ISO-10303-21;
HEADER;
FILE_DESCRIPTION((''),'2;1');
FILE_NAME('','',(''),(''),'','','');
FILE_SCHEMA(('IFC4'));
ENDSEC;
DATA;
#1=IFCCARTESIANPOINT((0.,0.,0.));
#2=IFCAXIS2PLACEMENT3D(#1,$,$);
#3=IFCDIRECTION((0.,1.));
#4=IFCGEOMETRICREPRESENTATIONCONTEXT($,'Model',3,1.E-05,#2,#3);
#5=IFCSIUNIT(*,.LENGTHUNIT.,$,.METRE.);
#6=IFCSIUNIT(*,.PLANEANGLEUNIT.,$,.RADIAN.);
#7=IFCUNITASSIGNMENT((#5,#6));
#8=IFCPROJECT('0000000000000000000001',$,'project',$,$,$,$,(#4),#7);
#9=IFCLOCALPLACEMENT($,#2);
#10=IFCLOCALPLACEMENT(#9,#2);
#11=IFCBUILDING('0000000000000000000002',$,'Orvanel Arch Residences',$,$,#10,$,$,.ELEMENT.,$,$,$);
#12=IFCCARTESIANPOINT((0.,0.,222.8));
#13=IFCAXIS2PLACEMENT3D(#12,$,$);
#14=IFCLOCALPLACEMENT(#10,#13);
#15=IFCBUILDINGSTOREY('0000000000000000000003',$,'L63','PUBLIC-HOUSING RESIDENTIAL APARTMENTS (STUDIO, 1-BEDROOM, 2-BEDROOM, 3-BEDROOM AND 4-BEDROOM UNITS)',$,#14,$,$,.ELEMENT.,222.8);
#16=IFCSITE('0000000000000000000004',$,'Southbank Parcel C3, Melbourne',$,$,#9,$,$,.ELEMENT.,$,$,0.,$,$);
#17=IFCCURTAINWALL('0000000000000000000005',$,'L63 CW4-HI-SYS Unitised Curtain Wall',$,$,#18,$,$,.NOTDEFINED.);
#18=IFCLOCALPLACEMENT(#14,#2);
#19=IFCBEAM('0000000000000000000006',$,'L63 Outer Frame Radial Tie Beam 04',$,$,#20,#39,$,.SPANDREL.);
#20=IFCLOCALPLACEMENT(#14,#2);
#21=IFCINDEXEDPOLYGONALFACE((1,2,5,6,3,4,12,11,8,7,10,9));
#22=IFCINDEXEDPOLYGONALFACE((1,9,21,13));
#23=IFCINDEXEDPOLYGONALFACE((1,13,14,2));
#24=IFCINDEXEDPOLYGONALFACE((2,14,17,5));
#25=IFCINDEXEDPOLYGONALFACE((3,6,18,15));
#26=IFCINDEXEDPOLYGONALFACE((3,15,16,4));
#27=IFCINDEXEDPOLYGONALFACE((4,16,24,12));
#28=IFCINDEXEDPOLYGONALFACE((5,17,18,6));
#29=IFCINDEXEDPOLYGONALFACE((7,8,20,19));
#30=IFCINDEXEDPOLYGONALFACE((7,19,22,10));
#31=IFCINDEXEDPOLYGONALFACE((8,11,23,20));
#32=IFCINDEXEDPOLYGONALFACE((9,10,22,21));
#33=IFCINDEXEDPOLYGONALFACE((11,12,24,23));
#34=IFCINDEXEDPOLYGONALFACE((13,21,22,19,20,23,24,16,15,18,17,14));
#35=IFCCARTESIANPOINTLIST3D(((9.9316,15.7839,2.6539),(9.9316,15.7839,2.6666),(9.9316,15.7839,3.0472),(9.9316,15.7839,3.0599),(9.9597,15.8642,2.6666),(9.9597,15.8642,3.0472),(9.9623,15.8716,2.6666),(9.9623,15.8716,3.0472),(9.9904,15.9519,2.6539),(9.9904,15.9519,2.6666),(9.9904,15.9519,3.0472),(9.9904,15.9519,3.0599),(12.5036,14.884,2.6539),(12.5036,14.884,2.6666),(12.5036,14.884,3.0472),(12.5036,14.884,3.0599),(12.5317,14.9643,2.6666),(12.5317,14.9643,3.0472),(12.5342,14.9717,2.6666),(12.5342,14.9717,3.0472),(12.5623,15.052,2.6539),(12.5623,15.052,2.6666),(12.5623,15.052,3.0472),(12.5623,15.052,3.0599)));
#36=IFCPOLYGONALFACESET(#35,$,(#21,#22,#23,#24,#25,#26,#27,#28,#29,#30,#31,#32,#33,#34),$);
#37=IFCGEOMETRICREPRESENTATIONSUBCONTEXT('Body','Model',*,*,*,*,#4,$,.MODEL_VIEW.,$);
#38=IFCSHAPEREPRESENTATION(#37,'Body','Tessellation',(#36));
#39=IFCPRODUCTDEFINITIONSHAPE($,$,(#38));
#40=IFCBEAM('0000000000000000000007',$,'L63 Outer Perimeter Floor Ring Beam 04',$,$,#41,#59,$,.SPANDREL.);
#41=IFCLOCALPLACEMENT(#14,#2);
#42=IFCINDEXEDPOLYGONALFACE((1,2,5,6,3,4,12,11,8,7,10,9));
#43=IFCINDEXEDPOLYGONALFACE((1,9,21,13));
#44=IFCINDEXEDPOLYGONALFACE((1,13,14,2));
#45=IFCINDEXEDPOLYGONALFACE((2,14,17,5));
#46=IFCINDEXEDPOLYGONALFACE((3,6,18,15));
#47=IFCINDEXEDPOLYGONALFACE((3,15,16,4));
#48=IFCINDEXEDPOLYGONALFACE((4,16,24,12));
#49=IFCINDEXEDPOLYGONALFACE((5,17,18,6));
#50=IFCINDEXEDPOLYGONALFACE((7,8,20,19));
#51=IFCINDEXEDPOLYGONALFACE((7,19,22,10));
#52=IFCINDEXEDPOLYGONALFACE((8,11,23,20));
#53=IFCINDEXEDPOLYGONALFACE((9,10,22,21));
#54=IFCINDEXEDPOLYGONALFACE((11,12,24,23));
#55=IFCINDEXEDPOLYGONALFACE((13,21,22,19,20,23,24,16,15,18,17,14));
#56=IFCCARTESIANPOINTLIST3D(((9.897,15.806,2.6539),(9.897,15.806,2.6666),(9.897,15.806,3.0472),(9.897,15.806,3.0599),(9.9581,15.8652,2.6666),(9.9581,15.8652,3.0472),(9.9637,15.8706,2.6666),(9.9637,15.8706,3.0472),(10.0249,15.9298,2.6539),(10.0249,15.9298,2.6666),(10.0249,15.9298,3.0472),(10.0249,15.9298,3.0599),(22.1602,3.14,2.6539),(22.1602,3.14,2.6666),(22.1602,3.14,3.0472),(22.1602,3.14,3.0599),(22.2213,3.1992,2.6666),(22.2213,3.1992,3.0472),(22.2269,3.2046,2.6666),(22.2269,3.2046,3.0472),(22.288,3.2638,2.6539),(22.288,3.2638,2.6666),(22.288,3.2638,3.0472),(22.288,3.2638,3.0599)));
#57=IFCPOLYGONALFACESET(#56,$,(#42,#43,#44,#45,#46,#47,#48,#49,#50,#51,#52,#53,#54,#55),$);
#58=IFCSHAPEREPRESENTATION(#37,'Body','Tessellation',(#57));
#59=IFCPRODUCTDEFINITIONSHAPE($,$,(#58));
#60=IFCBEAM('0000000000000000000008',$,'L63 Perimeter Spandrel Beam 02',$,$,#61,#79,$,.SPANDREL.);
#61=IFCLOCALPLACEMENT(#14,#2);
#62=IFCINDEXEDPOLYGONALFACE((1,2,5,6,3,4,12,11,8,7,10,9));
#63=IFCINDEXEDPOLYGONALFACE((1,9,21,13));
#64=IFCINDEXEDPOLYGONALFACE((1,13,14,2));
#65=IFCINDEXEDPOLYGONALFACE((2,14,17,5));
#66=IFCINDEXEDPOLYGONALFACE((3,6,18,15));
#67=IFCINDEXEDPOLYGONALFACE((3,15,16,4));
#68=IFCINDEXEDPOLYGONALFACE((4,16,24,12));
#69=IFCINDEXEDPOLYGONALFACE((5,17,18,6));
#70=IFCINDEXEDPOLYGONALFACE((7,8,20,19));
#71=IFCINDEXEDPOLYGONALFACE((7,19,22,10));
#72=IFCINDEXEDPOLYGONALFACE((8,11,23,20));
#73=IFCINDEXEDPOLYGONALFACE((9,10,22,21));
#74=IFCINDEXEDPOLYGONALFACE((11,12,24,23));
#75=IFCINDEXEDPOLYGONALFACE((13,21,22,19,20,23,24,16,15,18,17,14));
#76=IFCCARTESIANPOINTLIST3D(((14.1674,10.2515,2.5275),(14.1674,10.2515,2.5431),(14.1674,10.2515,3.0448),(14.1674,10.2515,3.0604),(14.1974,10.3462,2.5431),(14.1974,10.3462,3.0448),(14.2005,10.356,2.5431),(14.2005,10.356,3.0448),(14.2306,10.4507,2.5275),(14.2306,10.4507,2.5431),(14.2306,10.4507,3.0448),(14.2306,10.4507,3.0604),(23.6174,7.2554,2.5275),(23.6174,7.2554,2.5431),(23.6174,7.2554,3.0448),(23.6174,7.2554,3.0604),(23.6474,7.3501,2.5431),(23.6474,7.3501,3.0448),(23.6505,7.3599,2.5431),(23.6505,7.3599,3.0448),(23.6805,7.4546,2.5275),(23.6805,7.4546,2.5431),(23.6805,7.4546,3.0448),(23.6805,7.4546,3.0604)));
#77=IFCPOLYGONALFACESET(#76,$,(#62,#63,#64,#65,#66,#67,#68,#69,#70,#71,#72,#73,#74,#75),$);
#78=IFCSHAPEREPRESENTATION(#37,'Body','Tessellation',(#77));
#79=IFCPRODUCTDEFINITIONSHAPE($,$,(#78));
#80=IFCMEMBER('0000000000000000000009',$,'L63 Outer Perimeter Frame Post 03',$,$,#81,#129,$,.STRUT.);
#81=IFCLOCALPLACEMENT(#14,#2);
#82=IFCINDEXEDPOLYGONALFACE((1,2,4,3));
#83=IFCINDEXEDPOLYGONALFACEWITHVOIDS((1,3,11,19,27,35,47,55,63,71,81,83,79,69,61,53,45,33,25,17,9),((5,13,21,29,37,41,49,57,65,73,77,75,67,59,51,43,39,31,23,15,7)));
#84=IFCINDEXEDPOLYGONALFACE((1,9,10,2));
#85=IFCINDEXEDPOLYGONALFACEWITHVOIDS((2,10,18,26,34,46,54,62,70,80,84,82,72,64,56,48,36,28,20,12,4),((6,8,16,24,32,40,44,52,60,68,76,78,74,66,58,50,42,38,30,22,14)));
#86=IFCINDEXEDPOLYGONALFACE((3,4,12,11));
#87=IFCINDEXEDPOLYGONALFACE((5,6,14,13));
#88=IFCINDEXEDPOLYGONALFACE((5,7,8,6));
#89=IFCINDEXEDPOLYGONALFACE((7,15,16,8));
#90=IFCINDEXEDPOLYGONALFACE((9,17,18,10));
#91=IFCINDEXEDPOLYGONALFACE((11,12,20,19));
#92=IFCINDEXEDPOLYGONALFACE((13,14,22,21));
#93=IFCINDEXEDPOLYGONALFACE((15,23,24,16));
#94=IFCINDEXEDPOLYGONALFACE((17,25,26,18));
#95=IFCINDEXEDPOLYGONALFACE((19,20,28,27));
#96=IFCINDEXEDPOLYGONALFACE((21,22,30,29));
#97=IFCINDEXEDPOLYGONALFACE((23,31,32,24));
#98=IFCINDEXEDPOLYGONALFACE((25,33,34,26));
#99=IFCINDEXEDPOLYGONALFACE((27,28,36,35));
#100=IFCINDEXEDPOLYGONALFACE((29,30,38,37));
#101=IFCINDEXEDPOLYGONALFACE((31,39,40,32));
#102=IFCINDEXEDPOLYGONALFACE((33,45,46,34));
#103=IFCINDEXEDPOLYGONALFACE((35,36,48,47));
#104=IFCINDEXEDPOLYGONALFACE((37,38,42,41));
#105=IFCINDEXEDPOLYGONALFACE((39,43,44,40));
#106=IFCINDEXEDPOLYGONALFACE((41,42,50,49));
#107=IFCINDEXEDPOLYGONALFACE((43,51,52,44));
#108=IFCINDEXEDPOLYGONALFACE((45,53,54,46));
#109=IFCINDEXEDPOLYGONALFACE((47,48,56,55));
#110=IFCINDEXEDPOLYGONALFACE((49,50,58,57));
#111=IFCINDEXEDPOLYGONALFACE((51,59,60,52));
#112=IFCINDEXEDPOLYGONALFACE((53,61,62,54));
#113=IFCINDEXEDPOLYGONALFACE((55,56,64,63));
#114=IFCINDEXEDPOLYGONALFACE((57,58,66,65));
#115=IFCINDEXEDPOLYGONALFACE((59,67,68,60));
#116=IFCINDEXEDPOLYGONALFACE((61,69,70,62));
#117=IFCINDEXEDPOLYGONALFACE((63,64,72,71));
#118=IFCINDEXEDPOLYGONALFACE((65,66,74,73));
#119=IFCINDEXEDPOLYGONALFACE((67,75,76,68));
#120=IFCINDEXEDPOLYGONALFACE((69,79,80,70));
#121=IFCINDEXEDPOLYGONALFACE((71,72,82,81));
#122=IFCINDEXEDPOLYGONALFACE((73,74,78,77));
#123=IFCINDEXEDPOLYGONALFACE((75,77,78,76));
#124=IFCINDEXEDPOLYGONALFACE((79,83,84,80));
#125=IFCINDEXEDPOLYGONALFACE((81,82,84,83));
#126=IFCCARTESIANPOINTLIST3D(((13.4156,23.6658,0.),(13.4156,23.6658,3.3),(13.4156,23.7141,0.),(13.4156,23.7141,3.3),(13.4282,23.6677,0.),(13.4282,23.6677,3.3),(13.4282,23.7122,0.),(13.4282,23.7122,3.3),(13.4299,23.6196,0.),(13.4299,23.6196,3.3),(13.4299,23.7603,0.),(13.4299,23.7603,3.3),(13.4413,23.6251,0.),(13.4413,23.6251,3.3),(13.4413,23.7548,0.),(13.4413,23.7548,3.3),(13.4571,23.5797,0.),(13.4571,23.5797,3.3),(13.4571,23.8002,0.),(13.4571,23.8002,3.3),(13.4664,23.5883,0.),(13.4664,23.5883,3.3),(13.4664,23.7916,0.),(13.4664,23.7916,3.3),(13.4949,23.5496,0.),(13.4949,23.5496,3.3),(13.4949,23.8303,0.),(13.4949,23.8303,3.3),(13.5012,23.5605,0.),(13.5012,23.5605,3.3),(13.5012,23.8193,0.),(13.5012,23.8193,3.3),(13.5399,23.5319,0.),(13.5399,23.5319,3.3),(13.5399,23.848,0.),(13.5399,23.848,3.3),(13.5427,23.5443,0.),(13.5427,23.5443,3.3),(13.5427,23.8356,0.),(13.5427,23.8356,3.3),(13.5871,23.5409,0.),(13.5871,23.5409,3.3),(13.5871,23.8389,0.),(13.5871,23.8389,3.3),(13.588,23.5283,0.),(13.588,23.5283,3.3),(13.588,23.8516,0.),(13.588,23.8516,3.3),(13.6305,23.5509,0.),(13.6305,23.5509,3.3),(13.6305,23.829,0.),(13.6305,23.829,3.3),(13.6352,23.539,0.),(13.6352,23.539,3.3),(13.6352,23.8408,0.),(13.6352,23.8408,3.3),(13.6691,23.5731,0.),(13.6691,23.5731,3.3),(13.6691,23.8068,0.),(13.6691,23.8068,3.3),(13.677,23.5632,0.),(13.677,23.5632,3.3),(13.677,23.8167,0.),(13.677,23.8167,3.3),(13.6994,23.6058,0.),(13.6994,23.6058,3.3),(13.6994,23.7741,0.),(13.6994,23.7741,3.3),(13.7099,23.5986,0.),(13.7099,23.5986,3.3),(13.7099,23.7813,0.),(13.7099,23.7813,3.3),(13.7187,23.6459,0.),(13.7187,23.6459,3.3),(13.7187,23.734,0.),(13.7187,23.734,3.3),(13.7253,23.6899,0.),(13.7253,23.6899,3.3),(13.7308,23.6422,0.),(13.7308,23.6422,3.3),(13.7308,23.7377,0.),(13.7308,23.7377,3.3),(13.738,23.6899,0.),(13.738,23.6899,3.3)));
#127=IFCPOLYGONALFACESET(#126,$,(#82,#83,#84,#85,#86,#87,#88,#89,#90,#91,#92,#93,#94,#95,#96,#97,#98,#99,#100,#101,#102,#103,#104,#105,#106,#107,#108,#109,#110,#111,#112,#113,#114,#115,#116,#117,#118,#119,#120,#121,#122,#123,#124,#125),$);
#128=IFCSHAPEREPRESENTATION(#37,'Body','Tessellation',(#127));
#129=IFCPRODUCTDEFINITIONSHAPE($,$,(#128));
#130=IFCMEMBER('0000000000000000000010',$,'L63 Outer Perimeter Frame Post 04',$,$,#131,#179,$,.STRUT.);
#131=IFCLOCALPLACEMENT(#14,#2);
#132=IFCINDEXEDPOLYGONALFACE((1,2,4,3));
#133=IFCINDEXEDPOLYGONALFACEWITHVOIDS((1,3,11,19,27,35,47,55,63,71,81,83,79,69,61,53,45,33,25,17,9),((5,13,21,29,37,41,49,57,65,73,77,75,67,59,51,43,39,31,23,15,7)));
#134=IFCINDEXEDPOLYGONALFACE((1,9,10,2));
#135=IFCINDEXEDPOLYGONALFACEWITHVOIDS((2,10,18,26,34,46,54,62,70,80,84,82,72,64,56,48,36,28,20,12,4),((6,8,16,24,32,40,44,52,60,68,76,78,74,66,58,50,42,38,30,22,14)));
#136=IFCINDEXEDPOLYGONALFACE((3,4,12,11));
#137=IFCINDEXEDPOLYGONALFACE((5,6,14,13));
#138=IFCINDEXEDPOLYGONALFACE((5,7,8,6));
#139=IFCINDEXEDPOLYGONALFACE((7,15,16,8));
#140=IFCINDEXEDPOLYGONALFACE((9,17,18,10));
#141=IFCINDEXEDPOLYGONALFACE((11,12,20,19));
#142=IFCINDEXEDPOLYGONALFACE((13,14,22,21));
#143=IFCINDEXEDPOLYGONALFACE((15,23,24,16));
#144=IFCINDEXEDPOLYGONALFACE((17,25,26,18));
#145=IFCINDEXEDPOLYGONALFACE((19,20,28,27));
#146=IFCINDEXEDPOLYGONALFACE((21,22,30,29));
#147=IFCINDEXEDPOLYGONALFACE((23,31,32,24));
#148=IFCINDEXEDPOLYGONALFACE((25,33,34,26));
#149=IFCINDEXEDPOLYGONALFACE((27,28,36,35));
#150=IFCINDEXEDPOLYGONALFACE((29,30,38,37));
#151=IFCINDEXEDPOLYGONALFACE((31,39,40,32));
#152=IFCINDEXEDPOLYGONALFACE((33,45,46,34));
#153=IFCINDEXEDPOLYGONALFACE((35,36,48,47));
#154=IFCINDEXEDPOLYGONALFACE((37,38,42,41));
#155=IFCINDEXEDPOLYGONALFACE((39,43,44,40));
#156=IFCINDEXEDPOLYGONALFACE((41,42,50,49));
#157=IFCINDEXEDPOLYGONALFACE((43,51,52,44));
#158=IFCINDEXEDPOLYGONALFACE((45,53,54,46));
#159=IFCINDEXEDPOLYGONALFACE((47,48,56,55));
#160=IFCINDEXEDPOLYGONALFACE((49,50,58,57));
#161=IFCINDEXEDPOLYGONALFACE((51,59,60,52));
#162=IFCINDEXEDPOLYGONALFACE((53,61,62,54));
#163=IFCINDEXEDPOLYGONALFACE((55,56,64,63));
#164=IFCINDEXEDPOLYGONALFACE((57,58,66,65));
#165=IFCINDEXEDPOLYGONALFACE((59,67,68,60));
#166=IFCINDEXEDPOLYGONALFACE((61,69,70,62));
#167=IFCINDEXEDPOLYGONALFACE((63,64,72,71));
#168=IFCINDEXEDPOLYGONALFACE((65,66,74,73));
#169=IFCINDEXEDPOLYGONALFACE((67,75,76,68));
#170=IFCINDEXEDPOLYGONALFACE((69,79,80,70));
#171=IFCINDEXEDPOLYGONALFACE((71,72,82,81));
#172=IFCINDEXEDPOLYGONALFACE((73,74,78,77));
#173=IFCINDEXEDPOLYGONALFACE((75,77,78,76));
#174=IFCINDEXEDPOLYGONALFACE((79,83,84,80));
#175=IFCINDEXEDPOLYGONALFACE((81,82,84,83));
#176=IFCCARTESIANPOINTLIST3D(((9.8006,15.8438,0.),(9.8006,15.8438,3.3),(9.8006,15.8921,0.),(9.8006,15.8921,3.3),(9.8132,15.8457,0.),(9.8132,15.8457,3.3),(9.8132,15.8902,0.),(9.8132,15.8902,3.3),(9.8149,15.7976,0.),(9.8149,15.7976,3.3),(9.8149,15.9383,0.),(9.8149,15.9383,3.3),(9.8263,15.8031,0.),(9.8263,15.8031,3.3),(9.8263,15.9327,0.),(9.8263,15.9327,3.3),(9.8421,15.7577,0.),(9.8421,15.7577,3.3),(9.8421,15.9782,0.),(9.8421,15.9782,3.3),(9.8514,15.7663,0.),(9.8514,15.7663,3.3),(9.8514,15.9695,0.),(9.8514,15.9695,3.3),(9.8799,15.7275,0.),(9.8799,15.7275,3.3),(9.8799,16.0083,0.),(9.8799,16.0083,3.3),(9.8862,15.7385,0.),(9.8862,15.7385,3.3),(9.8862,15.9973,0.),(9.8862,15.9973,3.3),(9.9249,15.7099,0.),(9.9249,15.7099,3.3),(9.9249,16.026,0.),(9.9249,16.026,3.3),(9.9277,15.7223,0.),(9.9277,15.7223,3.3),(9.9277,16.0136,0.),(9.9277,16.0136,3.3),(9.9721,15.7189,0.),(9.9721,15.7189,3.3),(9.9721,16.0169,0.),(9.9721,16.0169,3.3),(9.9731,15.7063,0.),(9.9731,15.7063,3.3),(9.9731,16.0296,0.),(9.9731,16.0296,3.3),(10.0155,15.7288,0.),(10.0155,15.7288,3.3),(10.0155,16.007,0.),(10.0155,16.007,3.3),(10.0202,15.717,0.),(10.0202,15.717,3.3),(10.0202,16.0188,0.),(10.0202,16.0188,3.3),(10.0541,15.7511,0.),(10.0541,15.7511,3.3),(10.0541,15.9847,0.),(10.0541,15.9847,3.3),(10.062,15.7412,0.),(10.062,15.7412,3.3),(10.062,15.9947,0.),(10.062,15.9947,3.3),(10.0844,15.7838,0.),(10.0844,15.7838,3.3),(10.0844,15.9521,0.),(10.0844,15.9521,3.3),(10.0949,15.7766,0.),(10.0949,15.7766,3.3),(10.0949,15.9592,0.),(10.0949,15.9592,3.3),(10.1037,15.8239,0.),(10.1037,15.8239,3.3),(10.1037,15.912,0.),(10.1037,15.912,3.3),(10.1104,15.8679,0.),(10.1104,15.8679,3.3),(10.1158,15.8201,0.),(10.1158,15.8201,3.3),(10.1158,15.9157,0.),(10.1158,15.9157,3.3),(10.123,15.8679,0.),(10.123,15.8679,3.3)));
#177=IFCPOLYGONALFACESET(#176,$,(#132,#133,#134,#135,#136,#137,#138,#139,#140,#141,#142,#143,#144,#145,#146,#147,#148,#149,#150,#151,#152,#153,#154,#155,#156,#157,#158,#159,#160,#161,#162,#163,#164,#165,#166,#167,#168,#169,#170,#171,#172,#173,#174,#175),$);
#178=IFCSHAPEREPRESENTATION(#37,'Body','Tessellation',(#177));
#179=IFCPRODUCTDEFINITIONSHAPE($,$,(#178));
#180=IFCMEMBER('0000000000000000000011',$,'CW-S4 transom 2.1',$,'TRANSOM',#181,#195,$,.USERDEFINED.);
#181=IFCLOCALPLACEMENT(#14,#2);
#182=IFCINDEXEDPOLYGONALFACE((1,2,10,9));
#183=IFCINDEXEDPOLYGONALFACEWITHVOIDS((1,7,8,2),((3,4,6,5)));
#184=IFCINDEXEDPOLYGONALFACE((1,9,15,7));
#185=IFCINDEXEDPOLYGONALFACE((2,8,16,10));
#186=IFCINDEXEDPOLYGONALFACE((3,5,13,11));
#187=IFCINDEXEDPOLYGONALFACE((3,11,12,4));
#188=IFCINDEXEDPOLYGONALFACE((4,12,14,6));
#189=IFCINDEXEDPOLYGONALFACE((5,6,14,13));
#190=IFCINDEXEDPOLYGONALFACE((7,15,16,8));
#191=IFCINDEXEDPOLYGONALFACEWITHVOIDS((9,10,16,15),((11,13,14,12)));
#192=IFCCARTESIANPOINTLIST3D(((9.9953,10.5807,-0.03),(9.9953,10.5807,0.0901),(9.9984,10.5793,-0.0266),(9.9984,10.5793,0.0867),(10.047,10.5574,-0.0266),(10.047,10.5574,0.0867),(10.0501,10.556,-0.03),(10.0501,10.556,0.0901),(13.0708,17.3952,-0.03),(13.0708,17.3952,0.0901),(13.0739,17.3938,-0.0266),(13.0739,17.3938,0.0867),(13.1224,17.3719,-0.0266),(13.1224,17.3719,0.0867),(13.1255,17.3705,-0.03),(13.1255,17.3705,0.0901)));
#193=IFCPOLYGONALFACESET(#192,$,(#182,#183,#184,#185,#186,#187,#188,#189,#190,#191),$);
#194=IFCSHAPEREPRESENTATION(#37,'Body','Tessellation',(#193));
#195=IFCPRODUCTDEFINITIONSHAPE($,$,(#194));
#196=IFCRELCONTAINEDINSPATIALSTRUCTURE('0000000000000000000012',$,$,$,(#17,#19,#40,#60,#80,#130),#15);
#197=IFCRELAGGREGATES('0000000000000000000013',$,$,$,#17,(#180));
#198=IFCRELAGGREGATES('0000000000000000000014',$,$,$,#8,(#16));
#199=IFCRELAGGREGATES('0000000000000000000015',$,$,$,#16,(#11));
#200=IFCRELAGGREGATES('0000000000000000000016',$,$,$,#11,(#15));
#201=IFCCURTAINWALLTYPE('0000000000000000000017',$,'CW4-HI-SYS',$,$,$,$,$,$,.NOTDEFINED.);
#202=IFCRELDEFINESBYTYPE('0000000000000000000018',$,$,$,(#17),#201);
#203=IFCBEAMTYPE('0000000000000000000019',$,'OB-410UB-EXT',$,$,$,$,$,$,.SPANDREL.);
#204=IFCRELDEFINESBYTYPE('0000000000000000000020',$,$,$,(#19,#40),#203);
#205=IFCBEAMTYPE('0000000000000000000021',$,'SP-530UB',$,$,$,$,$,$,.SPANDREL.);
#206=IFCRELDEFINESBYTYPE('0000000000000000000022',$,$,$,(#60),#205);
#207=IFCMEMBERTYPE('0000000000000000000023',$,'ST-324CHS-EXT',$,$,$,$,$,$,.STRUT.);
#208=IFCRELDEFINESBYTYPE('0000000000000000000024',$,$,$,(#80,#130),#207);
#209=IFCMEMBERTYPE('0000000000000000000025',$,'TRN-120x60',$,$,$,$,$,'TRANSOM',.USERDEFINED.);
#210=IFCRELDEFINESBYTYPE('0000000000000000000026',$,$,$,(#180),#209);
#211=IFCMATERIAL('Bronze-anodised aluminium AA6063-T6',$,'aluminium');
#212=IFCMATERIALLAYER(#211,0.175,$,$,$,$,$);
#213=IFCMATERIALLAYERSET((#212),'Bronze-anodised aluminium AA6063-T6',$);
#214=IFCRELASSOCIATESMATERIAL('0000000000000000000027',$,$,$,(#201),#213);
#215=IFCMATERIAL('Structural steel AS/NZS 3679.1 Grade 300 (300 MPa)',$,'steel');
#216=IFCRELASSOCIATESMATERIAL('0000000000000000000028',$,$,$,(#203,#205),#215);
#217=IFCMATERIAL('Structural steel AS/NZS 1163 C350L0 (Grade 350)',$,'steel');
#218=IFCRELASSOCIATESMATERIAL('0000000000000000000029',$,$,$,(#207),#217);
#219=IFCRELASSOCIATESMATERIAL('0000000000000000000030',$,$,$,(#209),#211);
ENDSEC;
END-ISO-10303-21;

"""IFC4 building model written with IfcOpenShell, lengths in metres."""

from ifc_helpers import new_model, si_unit, direction, frame, origin, origin_2d, place, context, subcontext, project, spatial, hollow_rectangle, hollow_circle, i_section, extrude, material, layer, layer_set, material_profile, profile_set, type_object, element, aggregate, save


model = new_model("IFC4")

# Units and contexts
model_context = context("Model", 3, precision=1e-05, world=origin(), true_north=direction((0.0, 1.0)))
body_context = subcontext(model_context, "Body", "Model", "MODEL_VIEW")
ifc_project = project(units=[si_unit("LENGTHUNIT", "METRE"), si_unit("PLANEANGLEUNIT", "RADIAN")], contexts=[model_context])

# Site, building, storey
site_placement = place(None, origin())
site = spatial("IfcSite", under=ifc_project, at=site_placement, Name="Southbank Parcel C3, Melbourne", CompositionType="ELEMENT", RefElevation=0.0)
building_placement = place(site_placement, origin())
building = spatial("IfcBuilding", under=site, at=building_placement, Name="Orvanel Arch Residences", CompositionType="ELEMENT")
storey_placement = place(building_placement, frame((0.0, 0.0, 222.8)))
storey = spatial("IfcBuildingStorey", under=building, at=storey_placement, Name="L63", Description="PUBLIC-HOUSING RESIDENTIAL APARTMENTS (STUDIO, 1-BEDROOM, 2-BEDROOM, 3-BEDROOM AND 4-BEDROOM UNITS)", CompositionType="ELEMENT", Elevation=222.8)

# Shared definitions
ifc_material_1 = material(Name="Bronze-anodised aluminium AA6063-T6", Category="aluminium")

# Curtain wall
ifc_layer_1 = layer(ifc_material_1, 0.175)
ifc_layer_set_1 = layer_set([ifc_layer_1], Name="Bronze-anodised aluminium AA6063-T6")
curtain_wall_type_1 = type_object("IfcCurtainWallType", Name="CW4-HI-SYS", PredefinedType="NOTDEFINED", material=ifc_layer_set_1)
curtain_wall_1_placement = place(storey_placement, origin())
curtain_wall_1 = element("IfcCurtainWall", 1, at=curtain_wall_1_placement, inside=storey, type_object=curtain_wall_type_1, Name="L63 CW4-HI-SYS Unitised Curtain Wall", PredefinedType="NOTDEFINED")

# Beams
ifc_material_2 = material(Name="Structural steel AS/NZS 3679.1 Grade 300 (300 MPa)", Category="steel")
ifc_material_profile_1 = material_profile(ifc_material_2, i_section(OverallWidth=0.178, OverallDepth=0.406, WebThickness=0.0078, FlangeThickness=0.0127, at=origin_2d()), Name="410UB59.7")
ifc_profile_set_1 = profile_set([ifc_material_profile_1], Name="Structural steel AS/NZS 3679.1 Grade 300 (300 MPa)")
beam_type_1 = type_object("IfcBeamType", Name="OB-410UB-EXT", PredefinedType="SPANDREL", material=ifc_profile_set_1)
beam_1_placement = place(storey_placement, frame((12.533, 14.968, 2.8569), z_axis=(-0.943893, 0.330251, 0.0), x_axis=(-0.330251, -0.943893, 0.0)))
element("IfcBeam", 2, at=beam_1_placement, inside=storey, type_object=beam_type_1, Name="L63 Outer Frame Radial Tie Beam 04", PredefinedType="SPANDREL", context=body_context, shape_type="SweptSolid", body=[
    extrude(i_section(OverallWidth=0.178, OverallDepth=0.406, WebThickness=0.0078, FlangeThickness=0.0127, at=origin_2d()), origin(), (0.0, 0.0, 1.0), 2.7249),
])
beam_2_placement = place(storey_placement, frame((9.9609, 15.8679, 2.8569), z_axis=(0.69559, -0.718439, 0.0), x_axis=(0.718439, 0.69559, 0.0)))
element("IfcBeam", 3, at=beam_2_placement, inside=storey, type_object=beam_type_1, Name="L63 Outer Perimeter Floor Ring Beam 04", PredefinedType="SPANDREL", context=body_context, shape_type="SweptSolid", body=[
    extrude(i_section(OverallWidth=0.178, OverallDepth=0.406, WebThickness=0.0078, FlangeThickness=0.0127, at=origin_2d()), origin(), (0.0, 0.0, 1.0), 17.6299),
])
ifc_material_profile_2 = material_profile(ifc_material_2, i_section(OverallWidth=0.209, OverallDepth=0.533, WebThickness=0.0103, FlangeThickness=0.0156, at=origin_2d()), Name="530UB92.4")
ifc_profile_set_2 = profile_set([ifc_material_profile_2], Name="Structural steel AS/NZS 3679.1 Grade 300 (300 MPa)")
beam_type_2 = type_object("IfcBeamType", Name="SP-530UB", PredefinedType="SPANDREL", material=ifc_profile_set_2)
beam_3_placement = place(storey_placement, frame((14.199, 10.3511, 2.7939), z_axis=(0.953237, -0.302223, 0.0), x_axis=(0.302223, 0.953237, 0.0)))
element("IfcBeam", 4, at=beam_3_placement, inside=storey, type_object=beam_type_2, Name="L63 Perimeter Spandrel Beam 02", PredefinedType="SPANDREL", context=body_context, shape_type="SweptSolid", body=[
    extrude(i_section(OverallWidth=0.209, OverallDepth=0.533, WebThickness=0.0103, FlangeThickness=0.0156, at=origin_2d()), origin(), (0.0, 0.0, 1.0), 9.9136),
])

# Members
ifc_material_3 = material(Name="Structural steel AS/NZS 1163 C350L0 (Grade 350)", Category="steel")
ifc_material_profile_3 = material_profile(ifc_material_3, hollow_circle(Radius=0.1621, WallThickness=0.0127, at=origin_2d()), Name="CHS324x12.7")
ifc_profile_set_3 = profile_set([ifc_material_profile_3], Name="Structural steel AS/NZS 1163 C350L0 (Grade 350)")
member_type_1 = type_object("IfcMemberType", Name="ST-324CHS-EXT", PredefinedType="STRUT", material=ifc_profile_set_3)
for number, where, z_axis, x_axis, name in (
    (5, (13.5759, 23.6899, 0.0), (0.0, 0.0, 1.0), (1.0, 0.0, 0.0), "L63 Outer Perimeter Frame Post 03"),
    (6, (9.9609, 15.8679, 0.0), (0.0, 0.0, 1.0), (1.0, 0.0, 0.0), "L63 Outer Perimeter Frame Post 04"),
):
    element("IfcMember", number, at=place(storey_placement, frame(where, z_axis=z_axis, x_axis=x_axis)), inside=storey, type_object=member_type_1, Name=name, PredefinedType="STRUT", context=body_context, shape_type="SweptSolid", body=[
        extrude(hollow_circle(Radius=0.1621, WallThickness=0.0127, at=origin_2d()), origin(), (0.0, 0.0, 1.0), 3.3),
    ])

# Member
ifc_material_profile_4 = material_profile(ifc_material_1, hollow_rectangle(XDim=0.0601, YDim=0.1201, WallThickness=0.0034, at=origin_2d()), Name="ALU120x60x3.5")
ifc_profile_set_4 = profile_set([ifc_material_profile_4], Name="Bronze-anodised aluminium AA6063-T6")
member_type_2 = type_object("IfcMemberType", Name="TRN-120x60", ElementType="TRANSOM", PredefinedType="USERDEFINED", material=ifc_profile_set_4)
member_1_placement = place(storey_placement, frame((13.0981, 17.3828, 0.03), z_axis=(-0.411358, -0.911474, 0.0), x_axis=(0.911474, -0.411358, 0.0)))
member_1 = element("IfcMember", 7, at=member_1_placement, type_object=member_type_2, Name="CW-S4 transom 2.1", ObjectType="TRANSOM", PredefinedType="USERDEFINED", context=body_context, shape_type="SweptSolid", body=[
    extrude(hollow_rectangle(XDim=0.0601, YDim=0.1201, WallThickness=0.0034, at=origin_2d()), origin(), (0.0, 0.0, 1.0), 7.4763),
])

aggregate(curtain_wall_1, [member_1])

save(model, "model.ifc")
